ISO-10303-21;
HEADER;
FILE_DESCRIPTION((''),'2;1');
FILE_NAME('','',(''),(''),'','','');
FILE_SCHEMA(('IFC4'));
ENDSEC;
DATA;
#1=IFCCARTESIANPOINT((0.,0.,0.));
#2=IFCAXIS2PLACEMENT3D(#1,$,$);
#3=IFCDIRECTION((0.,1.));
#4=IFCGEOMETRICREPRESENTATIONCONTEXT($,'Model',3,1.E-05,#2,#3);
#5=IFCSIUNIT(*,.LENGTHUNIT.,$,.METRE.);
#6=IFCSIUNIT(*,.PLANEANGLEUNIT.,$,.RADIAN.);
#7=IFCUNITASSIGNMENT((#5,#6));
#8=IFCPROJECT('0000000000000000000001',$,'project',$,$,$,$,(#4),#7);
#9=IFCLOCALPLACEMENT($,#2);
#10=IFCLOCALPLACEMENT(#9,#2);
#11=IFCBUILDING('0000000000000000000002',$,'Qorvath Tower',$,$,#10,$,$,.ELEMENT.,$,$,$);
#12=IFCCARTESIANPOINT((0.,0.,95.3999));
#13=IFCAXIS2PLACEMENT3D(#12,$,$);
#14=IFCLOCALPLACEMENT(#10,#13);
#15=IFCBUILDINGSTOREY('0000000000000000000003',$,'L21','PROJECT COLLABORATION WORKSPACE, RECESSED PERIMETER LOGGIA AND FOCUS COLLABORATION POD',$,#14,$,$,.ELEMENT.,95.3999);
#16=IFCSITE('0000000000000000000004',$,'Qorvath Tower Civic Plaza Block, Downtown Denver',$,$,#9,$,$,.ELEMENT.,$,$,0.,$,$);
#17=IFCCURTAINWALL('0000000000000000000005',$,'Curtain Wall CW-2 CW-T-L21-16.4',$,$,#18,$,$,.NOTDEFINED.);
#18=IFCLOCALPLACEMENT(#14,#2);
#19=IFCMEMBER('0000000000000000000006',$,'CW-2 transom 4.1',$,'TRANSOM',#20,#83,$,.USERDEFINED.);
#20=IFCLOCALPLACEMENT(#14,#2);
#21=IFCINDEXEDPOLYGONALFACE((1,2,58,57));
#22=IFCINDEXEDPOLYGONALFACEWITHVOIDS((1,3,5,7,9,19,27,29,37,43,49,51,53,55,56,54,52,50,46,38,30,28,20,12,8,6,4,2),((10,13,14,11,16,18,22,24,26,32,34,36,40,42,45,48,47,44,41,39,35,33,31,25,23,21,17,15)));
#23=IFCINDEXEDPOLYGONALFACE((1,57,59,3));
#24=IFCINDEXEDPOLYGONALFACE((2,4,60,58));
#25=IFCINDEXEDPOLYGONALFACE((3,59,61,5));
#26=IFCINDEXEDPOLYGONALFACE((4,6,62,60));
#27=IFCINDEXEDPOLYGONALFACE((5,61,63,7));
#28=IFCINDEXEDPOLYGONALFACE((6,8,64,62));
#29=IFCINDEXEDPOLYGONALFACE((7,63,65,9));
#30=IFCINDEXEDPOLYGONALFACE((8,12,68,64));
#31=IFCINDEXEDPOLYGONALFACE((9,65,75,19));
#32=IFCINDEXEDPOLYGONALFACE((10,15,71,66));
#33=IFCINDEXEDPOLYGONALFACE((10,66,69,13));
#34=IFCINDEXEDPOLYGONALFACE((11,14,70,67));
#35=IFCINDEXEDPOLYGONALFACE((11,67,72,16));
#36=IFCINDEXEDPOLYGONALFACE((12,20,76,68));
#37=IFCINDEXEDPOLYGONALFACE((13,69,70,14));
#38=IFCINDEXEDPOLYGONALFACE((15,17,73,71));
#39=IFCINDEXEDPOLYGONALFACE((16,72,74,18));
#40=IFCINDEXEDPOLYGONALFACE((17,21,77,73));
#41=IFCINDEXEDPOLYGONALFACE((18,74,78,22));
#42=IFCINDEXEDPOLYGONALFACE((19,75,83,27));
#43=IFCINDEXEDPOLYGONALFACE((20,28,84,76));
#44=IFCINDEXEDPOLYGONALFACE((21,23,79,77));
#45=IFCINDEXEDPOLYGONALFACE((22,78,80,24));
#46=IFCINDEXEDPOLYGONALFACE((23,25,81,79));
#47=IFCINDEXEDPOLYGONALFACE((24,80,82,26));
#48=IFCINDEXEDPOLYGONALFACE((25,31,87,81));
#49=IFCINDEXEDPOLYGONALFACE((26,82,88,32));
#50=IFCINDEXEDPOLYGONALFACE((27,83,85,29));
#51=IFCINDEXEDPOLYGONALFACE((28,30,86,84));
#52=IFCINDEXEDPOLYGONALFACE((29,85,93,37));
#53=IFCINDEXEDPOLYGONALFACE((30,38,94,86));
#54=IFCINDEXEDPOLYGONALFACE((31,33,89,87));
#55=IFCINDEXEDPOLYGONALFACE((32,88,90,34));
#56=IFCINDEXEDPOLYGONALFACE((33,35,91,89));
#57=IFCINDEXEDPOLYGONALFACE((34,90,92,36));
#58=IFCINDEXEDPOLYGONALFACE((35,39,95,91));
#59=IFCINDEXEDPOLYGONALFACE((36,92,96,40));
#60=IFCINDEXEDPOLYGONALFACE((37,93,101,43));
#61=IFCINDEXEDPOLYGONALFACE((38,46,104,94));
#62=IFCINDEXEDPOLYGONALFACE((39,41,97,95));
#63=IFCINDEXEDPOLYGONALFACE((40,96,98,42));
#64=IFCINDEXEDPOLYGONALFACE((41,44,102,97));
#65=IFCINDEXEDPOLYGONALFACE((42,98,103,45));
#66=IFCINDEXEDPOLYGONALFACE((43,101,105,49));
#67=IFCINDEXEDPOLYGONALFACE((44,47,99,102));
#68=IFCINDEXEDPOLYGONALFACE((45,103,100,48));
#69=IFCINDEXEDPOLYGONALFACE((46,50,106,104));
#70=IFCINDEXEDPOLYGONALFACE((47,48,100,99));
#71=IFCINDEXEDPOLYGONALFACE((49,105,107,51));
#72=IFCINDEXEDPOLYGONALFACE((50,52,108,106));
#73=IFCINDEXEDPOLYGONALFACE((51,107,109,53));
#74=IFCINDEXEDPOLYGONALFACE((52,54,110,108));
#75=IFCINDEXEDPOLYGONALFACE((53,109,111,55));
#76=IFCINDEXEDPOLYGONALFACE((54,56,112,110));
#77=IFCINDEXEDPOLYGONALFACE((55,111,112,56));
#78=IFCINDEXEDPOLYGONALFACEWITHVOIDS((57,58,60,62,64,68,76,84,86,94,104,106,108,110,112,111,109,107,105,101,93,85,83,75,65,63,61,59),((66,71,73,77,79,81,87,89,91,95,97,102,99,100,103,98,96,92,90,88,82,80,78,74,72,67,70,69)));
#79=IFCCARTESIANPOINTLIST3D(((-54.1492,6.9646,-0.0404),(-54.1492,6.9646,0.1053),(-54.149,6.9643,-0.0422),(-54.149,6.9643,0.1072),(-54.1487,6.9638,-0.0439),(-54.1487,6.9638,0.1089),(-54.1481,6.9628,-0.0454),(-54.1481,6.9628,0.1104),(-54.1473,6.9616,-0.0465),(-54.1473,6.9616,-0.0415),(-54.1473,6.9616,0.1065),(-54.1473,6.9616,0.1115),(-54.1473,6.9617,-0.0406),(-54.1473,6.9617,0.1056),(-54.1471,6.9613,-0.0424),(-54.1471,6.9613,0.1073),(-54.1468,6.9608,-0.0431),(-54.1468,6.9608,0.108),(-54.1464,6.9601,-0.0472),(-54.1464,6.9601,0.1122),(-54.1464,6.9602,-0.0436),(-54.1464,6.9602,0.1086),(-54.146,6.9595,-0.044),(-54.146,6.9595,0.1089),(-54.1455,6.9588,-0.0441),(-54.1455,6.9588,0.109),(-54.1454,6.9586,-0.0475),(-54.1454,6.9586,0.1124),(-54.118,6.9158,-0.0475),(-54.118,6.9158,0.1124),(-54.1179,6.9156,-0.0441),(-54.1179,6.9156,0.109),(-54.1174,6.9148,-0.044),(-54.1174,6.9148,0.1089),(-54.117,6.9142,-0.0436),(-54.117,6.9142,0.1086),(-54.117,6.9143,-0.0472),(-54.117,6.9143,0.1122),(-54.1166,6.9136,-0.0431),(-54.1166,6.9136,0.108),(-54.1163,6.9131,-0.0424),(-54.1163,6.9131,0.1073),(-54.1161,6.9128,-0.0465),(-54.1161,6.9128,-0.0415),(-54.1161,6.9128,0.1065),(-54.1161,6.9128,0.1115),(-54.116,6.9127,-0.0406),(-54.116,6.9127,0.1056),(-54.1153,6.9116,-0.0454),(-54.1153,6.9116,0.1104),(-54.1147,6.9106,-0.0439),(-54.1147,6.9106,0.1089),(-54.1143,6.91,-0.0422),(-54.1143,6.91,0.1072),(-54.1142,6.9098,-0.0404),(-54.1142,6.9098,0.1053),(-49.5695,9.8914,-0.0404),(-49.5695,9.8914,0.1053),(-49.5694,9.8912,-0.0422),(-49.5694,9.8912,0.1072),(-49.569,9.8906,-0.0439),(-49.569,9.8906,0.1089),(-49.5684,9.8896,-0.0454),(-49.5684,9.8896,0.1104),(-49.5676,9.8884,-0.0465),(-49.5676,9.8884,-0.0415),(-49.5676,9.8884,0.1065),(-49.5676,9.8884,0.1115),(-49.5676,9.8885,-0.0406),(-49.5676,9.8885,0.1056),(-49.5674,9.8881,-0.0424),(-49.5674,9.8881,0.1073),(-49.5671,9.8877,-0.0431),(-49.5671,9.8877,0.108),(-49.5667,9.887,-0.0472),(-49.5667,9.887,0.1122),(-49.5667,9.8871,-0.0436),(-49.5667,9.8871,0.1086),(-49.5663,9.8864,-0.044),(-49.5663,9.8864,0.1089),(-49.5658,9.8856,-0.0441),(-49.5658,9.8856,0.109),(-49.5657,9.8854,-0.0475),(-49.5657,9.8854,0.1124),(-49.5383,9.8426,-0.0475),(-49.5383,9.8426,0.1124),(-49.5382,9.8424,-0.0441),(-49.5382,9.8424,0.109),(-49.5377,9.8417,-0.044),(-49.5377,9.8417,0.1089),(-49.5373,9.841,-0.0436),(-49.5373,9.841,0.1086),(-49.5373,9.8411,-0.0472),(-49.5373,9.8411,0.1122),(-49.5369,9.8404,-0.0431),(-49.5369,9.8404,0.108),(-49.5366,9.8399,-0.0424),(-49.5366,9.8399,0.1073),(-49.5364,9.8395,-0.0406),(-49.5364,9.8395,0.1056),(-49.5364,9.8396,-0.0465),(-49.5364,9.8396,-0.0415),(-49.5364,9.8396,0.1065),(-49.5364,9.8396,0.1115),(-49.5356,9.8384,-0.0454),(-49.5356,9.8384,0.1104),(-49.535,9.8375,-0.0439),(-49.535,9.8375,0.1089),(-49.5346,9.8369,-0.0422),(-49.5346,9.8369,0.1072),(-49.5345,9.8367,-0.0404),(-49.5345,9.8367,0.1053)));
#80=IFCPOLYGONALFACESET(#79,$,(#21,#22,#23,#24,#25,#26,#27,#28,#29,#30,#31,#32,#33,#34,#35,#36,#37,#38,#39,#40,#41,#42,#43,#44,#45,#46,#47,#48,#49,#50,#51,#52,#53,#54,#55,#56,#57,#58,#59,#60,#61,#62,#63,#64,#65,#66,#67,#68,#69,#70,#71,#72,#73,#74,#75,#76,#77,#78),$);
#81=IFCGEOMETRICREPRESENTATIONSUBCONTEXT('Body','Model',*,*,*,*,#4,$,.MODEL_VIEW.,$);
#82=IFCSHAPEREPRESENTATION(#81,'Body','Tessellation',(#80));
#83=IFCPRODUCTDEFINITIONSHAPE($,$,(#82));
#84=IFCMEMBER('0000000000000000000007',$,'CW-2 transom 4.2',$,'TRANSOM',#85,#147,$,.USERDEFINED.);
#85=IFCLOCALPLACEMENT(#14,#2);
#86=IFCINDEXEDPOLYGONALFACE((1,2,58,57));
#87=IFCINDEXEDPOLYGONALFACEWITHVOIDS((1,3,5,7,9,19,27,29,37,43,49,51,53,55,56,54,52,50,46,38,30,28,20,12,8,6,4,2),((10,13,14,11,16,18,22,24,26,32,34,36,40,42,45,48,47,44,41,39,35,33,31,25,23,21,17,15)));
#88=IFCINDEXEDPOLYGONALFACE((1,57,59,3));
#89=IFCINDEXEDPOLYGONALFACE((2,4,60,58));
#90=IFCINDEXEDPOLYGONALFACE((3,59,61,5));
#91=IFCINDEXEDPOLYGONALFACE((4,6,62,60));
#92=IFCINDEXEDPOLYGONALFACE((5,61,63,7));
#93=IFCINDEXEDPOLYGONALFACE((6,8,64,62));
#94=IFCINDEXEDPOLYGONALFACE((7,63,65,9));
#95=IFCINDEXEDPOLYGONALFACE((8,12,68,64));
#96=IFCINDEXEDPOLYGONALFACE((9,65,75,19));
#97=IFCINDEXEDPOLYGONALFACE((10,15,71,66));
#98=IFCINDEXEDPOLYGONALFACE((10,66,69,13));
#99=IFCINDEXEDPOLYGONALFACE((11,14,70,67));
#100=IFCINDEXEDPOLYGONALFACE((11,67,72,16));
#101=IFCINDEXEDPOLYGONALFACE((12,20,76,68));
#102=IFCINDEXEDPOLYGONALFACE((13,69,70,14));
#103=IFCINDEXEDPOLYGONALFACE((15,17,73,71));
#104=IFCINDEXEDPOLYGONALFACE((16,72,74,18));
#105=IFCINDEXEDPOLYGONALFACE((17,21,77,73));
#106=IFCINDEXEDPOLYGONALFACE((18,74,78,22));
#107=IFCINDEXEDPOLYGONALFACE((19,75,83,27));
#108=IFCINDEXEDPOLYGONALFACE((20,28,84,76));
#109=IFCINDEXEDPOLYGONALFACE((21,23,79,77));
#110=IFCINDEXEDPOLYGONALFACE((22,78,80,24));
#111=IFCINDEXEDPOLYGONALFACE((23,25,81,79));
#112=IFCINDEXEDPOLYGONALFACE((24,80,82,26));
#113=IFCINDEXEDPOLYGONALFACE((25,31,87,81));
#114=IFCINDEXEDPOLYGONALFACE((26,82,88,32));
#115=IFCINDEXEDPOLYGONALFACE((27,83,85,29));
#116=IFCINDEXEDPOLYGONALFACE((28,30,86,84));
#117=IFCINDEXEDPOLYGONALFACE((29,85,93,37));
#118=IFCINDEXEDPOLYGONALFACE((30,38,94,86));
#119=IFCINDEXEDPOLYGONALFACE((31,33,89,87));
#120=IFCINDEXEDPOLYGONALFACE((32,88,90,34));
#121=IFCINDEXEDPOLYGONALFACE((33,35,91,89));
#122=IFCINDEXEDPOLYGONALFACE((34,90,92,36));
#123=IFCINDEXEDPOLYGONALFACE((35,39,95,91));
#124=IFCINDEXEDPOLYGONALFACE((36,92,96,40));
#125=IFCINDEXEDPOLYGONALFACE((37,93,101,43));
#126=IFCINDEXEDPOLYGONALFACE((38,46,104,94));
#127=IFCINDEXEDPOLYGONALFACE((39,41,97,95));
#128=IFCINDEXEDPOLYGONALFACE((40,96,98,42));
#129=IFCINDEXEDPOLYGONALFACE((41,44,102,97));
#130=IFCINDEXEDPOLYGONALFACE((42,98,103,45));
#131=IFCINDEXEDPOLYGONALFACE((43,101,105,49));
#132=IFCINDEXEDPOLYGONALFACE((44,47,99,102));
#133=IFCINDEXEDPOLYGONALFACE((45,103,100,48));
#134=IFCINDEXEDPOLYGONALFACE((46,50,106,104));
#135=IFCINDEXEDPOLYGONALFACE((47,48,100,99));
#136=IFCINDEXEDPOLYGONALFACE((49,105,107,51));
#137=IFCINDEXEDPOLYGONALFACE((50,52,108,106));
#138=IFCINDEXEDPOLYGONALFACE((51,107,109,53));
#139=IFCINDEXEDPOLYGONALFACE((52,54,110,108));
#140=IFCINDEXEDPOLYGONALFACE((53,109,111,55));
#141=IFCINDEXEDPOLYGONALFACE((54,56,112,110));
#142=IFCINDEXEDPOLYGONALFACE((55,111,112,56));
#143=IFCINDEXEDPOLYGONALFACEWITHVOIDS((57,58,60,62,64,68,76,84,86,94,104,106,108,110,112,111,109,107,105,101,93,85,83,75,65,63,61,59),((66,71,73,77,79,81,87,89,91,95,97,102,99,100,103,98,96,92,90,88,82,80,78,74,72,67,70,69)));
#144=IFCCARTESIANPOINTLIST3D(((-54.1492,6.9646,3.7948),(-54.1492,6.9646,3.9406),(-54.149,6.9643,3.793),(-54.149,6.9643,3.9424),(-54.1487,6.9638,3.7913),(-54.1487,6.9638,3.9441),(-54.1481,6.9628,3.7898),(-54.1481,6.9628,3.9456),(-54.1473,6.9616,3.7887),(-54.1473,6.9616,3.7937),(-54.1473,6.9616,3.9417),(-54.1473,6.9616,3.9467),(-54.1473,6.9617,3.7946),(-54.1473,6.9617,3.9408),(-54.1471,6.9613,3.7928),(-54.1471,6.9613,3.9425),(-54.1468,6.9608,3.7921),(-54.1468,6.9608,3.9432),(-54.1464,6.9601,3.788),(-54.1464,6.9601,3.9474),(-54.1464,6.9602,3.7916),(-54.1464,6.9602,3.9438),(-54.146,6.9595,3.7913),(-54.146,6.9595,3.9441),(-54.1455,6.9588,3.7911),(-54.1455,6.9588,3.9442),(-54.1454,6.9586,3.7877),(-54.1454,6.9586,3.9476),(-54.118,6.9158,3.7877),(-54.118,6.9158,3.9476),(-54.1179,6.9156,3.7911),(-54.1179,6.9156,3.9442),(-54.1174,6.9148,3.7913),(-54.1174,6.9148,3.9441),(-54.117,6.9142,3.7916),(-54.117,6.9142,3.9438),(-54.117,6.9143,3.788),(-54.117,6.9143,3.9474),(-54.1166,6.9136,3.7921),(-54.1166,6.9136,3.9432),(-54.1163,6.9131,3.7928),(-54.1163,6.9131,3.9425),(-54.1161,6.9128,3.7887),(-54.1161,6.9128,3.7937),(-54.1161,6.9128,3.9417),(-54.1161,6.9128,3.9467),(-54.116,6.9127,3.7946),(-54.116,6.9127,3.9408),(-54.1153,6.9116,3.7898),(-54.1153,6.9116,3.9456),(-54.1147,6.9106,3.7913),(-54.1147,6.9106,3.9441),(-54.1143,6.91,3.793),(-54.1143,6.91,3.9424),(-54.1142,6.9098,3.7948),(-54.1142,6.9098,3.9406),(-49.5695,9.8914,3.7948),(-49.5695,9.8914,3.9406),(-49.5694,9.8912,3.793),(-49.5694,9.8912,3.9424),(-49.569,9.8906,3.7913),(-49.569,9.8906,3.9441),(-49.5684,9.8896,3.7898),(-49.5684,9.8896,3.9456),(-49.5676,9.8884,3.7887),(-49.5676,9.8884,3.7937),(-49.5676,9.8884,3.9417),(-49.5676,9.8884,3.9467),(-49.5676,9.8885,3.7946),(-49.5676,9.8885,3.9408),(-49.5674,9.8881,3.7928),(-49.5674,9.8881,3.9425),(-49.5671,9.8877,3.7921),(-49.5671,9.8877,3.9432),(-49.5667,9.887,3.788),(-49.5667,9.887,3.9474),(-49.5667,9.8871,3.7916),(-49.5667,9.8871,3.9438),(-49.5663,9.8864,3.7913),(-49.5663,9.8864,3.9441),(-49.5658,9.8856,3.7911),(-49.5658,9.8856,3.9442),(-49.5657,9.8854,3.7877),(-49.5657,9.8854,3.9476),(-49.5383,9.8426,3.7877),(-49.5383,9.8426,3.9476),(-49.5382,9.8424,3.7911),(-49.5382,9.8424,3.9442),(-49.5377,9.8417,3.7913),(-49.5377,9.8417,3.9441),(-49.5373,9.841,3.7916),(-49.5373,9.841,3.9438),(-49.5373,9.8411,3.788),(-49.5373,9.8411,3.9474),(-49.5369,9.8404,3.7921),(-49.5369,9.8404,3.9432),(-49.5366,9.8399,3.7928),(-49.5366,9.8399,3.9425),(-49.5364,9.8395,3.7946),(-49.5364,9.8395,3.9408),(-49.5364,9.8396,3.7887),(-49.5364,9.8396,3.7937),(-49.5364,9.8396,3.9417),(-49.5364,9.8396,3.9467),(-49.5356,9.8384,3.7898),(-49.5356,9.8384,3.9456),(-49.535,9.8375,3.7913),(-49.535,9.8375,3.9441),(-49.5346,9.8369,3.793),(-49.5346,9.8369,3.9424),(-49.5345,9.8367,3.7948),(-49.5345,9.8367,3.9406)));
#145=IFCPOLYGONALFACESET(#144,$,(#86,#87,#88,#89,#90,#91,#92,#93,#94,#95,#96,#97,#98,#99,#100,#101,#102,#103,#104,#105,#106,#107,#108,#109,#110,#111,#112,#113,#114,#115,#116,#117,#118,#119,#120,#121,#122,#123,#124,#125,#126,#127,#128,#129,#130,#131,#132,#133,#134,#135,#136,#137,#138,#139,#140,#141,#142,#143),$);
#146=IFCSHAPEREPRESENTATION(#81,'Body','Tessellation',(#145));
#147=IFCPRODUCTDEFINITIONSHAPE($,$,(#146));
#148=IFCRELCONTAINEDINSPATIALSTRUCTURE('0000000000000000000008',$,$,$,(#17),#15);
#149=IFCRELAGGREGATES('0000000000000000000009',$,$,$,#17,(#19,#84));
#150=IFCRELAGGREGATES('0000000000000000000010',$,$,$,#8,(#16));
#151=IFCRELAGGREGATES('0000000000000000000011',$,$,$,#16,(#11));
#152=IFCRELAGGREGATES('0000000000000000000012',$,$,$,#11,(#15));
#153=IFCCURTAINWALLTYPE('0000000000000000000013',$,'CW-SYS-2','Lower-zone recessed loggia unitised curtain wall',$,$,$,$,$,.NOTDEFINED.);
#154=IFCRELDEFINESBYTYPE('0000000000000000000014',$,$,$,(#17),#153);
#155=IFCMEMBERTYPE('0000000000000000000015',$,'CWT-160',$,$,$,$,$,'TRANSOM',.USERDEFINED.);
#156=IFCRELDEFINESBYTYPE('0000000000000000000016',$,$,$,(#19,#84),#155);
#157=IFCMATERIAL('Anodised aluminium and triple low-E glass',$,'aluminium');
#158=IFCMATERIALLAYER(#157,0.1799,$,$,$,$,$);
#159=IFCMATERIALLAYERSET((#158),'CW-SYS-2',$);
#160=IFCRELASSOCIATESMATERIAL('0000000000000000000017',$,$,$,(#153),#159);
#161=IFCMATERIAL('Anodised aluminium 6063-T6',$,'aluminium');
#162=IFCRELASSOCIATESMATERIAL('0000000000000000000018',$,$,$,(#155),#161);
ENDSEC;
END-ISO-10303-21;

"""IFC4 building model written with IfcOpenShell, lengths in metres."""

from ifc_helpers import new_model, si_unit, direction, frame, origin, origin_2d, place, context, subcontext, project, spatial, hollow_rectangle, extrude, material, layer, layer_set, material_profile, profile_set, type_object, element, aggregate, save


model = new_model("IFC4")

# Units and contexts
model_context = context("Model", 3, precision=1e-05, world=origin(), true_north=direction((0.0, 1.0)))
body_context = subcontext(model_context, "Body", "Model", "MODEL_VIEW")
ifc_project = project(units=[si_unit("LENGTHUNIT", "METRE"), si_unit("PLANEANGLEUNIT", "RADIAN")], contexts=[model_context])

# Site, building, storey
site_placement = place(None, origin())
site = spatial("IfcSite", under=ifc_project, at=site_placement, Name="Qorvath Tower Civic Plaza Block, Downtown Denver", CompositionType="ELEMENT", RefElevation=0.0)
building_placement = place(site_placement, origin())
building = spatial("IfcBuilding", under=site, at=building_placement, Name="Qorvath Tower", CompositionType="ELEMENT")
storey_placement = place(building_placement, frame((0.0, 0.0, 95.3999)))
storey = spatial("IfcBuildingStorey", under=building, at=storey_placement, Name="L21", Description="PROJECT COLLABORATION WORKSPACE, RECESSED PERIMETER LOGGIA AND FOCUS COLLABORATION POD", CompositionType="ELEMENT", Elevation=95.3999)

# Curtain wall, members
ifc_material_1 = material(Name="Anodised aluminium and triple low-E glass", Category="aluminium")
ifc_layer_1 = layer(ifc_material_1, 0.1799)
ifc_layer_set_1 = layer_set([ifc_layer_1], Name="CW-SYS-2")
curtain_wall_type = type_object("IfcCurtainWallType", Name="CW-SYS-2", Description="Lower-zone recessed loggia unitised curtain wall", PredefinedType="NOTDEFINED", material=ifc_layer_set_1)
curtain_wall_placement = place(storey_placement, origin())
curtain_wall = element("IfcCurtainWall", 1, at=curtain_wall_placement, inside=storey, type_object=curtain_wall_type, Name="Curtain Wall CW-2 CW-T-L21-16.4", PredefinedType="NOTDEFINED")
ifc_material_2 = material(Name="Anodised aluminium 6063-T6", Category="aluminium")
ifc_material_profile_1 = material_profile(ifc_material_2, hollow_rectangle(XDim=0.0649, YDim=0.1599, WallThickness=0.0034, InnerFilletRadius=0.0034, OuterFilletRadius=0.0071, at=origin_2d()), Name="CWT 160x65")
ifc_profile_set_1 = profile_set([ifc_material_profile_1], Name="Anodised aluminium 6063-T6")
member_type_1 = type_object("IfcMemberType", Name="CWT-160", ElementType="TRANSOM", PredefinedType="USERDEFINED", material=ifc_profile_set_1)
member_1_placement = place(storey_placement, frame((-49.552, 9.864, 0.0325), z_axis=(-0.84262, -0.538508, 0.0), x_axis=(0.538508, -0.84262, 0.0)))
member_1 = element("IfcMember", 2, at=member_1_placement, type_object=member_type_1, Name="CW-2 transom 4.1", ObjectType="TRANSOM", PredefinedType="USERDEFINED", context=body_context, shape_type="SweptSolid", body=[
    extrude(hollow_rectangle(XDim=0.0649, YDim=0.1599, WallThickness=0.0034, InnerFilletRadius=0.0034, OuterFilletRadius=0.0071, at=origin_2d()), origin(), (0.0, 0.0, 1.0), 5.4351),
])
member_2_placement = place(storey_placement, frame((-49.552, 9.864, 3.8677), z_axis=(-0.84262, -0.538508, 0.0), x_axis=(0.538508, -0.84262, 0.0)))
member_2 = element("IfcMember", 3, at=member_2_placement, type_object=member_type_1, Name="CW-2 transom 4.2", ObjectType="TRANSOM", PredefinedType="USERDEFINED", context=body_context, shape_type="SweptSolid", body=[
    extrude(hollow_rectangle(XDim=0.0649, YDim=0.1599, WallThickness=0.0034, InnerFilletRadius=0.0034, OuterFilletRadius=0.0071, at=origin_2d()), origin(), (0.0, 0.0, 1.0), 5.4351),
])
aggregate(curtain_wall, [member_1, member_2])

save(model, "model.ifc")
